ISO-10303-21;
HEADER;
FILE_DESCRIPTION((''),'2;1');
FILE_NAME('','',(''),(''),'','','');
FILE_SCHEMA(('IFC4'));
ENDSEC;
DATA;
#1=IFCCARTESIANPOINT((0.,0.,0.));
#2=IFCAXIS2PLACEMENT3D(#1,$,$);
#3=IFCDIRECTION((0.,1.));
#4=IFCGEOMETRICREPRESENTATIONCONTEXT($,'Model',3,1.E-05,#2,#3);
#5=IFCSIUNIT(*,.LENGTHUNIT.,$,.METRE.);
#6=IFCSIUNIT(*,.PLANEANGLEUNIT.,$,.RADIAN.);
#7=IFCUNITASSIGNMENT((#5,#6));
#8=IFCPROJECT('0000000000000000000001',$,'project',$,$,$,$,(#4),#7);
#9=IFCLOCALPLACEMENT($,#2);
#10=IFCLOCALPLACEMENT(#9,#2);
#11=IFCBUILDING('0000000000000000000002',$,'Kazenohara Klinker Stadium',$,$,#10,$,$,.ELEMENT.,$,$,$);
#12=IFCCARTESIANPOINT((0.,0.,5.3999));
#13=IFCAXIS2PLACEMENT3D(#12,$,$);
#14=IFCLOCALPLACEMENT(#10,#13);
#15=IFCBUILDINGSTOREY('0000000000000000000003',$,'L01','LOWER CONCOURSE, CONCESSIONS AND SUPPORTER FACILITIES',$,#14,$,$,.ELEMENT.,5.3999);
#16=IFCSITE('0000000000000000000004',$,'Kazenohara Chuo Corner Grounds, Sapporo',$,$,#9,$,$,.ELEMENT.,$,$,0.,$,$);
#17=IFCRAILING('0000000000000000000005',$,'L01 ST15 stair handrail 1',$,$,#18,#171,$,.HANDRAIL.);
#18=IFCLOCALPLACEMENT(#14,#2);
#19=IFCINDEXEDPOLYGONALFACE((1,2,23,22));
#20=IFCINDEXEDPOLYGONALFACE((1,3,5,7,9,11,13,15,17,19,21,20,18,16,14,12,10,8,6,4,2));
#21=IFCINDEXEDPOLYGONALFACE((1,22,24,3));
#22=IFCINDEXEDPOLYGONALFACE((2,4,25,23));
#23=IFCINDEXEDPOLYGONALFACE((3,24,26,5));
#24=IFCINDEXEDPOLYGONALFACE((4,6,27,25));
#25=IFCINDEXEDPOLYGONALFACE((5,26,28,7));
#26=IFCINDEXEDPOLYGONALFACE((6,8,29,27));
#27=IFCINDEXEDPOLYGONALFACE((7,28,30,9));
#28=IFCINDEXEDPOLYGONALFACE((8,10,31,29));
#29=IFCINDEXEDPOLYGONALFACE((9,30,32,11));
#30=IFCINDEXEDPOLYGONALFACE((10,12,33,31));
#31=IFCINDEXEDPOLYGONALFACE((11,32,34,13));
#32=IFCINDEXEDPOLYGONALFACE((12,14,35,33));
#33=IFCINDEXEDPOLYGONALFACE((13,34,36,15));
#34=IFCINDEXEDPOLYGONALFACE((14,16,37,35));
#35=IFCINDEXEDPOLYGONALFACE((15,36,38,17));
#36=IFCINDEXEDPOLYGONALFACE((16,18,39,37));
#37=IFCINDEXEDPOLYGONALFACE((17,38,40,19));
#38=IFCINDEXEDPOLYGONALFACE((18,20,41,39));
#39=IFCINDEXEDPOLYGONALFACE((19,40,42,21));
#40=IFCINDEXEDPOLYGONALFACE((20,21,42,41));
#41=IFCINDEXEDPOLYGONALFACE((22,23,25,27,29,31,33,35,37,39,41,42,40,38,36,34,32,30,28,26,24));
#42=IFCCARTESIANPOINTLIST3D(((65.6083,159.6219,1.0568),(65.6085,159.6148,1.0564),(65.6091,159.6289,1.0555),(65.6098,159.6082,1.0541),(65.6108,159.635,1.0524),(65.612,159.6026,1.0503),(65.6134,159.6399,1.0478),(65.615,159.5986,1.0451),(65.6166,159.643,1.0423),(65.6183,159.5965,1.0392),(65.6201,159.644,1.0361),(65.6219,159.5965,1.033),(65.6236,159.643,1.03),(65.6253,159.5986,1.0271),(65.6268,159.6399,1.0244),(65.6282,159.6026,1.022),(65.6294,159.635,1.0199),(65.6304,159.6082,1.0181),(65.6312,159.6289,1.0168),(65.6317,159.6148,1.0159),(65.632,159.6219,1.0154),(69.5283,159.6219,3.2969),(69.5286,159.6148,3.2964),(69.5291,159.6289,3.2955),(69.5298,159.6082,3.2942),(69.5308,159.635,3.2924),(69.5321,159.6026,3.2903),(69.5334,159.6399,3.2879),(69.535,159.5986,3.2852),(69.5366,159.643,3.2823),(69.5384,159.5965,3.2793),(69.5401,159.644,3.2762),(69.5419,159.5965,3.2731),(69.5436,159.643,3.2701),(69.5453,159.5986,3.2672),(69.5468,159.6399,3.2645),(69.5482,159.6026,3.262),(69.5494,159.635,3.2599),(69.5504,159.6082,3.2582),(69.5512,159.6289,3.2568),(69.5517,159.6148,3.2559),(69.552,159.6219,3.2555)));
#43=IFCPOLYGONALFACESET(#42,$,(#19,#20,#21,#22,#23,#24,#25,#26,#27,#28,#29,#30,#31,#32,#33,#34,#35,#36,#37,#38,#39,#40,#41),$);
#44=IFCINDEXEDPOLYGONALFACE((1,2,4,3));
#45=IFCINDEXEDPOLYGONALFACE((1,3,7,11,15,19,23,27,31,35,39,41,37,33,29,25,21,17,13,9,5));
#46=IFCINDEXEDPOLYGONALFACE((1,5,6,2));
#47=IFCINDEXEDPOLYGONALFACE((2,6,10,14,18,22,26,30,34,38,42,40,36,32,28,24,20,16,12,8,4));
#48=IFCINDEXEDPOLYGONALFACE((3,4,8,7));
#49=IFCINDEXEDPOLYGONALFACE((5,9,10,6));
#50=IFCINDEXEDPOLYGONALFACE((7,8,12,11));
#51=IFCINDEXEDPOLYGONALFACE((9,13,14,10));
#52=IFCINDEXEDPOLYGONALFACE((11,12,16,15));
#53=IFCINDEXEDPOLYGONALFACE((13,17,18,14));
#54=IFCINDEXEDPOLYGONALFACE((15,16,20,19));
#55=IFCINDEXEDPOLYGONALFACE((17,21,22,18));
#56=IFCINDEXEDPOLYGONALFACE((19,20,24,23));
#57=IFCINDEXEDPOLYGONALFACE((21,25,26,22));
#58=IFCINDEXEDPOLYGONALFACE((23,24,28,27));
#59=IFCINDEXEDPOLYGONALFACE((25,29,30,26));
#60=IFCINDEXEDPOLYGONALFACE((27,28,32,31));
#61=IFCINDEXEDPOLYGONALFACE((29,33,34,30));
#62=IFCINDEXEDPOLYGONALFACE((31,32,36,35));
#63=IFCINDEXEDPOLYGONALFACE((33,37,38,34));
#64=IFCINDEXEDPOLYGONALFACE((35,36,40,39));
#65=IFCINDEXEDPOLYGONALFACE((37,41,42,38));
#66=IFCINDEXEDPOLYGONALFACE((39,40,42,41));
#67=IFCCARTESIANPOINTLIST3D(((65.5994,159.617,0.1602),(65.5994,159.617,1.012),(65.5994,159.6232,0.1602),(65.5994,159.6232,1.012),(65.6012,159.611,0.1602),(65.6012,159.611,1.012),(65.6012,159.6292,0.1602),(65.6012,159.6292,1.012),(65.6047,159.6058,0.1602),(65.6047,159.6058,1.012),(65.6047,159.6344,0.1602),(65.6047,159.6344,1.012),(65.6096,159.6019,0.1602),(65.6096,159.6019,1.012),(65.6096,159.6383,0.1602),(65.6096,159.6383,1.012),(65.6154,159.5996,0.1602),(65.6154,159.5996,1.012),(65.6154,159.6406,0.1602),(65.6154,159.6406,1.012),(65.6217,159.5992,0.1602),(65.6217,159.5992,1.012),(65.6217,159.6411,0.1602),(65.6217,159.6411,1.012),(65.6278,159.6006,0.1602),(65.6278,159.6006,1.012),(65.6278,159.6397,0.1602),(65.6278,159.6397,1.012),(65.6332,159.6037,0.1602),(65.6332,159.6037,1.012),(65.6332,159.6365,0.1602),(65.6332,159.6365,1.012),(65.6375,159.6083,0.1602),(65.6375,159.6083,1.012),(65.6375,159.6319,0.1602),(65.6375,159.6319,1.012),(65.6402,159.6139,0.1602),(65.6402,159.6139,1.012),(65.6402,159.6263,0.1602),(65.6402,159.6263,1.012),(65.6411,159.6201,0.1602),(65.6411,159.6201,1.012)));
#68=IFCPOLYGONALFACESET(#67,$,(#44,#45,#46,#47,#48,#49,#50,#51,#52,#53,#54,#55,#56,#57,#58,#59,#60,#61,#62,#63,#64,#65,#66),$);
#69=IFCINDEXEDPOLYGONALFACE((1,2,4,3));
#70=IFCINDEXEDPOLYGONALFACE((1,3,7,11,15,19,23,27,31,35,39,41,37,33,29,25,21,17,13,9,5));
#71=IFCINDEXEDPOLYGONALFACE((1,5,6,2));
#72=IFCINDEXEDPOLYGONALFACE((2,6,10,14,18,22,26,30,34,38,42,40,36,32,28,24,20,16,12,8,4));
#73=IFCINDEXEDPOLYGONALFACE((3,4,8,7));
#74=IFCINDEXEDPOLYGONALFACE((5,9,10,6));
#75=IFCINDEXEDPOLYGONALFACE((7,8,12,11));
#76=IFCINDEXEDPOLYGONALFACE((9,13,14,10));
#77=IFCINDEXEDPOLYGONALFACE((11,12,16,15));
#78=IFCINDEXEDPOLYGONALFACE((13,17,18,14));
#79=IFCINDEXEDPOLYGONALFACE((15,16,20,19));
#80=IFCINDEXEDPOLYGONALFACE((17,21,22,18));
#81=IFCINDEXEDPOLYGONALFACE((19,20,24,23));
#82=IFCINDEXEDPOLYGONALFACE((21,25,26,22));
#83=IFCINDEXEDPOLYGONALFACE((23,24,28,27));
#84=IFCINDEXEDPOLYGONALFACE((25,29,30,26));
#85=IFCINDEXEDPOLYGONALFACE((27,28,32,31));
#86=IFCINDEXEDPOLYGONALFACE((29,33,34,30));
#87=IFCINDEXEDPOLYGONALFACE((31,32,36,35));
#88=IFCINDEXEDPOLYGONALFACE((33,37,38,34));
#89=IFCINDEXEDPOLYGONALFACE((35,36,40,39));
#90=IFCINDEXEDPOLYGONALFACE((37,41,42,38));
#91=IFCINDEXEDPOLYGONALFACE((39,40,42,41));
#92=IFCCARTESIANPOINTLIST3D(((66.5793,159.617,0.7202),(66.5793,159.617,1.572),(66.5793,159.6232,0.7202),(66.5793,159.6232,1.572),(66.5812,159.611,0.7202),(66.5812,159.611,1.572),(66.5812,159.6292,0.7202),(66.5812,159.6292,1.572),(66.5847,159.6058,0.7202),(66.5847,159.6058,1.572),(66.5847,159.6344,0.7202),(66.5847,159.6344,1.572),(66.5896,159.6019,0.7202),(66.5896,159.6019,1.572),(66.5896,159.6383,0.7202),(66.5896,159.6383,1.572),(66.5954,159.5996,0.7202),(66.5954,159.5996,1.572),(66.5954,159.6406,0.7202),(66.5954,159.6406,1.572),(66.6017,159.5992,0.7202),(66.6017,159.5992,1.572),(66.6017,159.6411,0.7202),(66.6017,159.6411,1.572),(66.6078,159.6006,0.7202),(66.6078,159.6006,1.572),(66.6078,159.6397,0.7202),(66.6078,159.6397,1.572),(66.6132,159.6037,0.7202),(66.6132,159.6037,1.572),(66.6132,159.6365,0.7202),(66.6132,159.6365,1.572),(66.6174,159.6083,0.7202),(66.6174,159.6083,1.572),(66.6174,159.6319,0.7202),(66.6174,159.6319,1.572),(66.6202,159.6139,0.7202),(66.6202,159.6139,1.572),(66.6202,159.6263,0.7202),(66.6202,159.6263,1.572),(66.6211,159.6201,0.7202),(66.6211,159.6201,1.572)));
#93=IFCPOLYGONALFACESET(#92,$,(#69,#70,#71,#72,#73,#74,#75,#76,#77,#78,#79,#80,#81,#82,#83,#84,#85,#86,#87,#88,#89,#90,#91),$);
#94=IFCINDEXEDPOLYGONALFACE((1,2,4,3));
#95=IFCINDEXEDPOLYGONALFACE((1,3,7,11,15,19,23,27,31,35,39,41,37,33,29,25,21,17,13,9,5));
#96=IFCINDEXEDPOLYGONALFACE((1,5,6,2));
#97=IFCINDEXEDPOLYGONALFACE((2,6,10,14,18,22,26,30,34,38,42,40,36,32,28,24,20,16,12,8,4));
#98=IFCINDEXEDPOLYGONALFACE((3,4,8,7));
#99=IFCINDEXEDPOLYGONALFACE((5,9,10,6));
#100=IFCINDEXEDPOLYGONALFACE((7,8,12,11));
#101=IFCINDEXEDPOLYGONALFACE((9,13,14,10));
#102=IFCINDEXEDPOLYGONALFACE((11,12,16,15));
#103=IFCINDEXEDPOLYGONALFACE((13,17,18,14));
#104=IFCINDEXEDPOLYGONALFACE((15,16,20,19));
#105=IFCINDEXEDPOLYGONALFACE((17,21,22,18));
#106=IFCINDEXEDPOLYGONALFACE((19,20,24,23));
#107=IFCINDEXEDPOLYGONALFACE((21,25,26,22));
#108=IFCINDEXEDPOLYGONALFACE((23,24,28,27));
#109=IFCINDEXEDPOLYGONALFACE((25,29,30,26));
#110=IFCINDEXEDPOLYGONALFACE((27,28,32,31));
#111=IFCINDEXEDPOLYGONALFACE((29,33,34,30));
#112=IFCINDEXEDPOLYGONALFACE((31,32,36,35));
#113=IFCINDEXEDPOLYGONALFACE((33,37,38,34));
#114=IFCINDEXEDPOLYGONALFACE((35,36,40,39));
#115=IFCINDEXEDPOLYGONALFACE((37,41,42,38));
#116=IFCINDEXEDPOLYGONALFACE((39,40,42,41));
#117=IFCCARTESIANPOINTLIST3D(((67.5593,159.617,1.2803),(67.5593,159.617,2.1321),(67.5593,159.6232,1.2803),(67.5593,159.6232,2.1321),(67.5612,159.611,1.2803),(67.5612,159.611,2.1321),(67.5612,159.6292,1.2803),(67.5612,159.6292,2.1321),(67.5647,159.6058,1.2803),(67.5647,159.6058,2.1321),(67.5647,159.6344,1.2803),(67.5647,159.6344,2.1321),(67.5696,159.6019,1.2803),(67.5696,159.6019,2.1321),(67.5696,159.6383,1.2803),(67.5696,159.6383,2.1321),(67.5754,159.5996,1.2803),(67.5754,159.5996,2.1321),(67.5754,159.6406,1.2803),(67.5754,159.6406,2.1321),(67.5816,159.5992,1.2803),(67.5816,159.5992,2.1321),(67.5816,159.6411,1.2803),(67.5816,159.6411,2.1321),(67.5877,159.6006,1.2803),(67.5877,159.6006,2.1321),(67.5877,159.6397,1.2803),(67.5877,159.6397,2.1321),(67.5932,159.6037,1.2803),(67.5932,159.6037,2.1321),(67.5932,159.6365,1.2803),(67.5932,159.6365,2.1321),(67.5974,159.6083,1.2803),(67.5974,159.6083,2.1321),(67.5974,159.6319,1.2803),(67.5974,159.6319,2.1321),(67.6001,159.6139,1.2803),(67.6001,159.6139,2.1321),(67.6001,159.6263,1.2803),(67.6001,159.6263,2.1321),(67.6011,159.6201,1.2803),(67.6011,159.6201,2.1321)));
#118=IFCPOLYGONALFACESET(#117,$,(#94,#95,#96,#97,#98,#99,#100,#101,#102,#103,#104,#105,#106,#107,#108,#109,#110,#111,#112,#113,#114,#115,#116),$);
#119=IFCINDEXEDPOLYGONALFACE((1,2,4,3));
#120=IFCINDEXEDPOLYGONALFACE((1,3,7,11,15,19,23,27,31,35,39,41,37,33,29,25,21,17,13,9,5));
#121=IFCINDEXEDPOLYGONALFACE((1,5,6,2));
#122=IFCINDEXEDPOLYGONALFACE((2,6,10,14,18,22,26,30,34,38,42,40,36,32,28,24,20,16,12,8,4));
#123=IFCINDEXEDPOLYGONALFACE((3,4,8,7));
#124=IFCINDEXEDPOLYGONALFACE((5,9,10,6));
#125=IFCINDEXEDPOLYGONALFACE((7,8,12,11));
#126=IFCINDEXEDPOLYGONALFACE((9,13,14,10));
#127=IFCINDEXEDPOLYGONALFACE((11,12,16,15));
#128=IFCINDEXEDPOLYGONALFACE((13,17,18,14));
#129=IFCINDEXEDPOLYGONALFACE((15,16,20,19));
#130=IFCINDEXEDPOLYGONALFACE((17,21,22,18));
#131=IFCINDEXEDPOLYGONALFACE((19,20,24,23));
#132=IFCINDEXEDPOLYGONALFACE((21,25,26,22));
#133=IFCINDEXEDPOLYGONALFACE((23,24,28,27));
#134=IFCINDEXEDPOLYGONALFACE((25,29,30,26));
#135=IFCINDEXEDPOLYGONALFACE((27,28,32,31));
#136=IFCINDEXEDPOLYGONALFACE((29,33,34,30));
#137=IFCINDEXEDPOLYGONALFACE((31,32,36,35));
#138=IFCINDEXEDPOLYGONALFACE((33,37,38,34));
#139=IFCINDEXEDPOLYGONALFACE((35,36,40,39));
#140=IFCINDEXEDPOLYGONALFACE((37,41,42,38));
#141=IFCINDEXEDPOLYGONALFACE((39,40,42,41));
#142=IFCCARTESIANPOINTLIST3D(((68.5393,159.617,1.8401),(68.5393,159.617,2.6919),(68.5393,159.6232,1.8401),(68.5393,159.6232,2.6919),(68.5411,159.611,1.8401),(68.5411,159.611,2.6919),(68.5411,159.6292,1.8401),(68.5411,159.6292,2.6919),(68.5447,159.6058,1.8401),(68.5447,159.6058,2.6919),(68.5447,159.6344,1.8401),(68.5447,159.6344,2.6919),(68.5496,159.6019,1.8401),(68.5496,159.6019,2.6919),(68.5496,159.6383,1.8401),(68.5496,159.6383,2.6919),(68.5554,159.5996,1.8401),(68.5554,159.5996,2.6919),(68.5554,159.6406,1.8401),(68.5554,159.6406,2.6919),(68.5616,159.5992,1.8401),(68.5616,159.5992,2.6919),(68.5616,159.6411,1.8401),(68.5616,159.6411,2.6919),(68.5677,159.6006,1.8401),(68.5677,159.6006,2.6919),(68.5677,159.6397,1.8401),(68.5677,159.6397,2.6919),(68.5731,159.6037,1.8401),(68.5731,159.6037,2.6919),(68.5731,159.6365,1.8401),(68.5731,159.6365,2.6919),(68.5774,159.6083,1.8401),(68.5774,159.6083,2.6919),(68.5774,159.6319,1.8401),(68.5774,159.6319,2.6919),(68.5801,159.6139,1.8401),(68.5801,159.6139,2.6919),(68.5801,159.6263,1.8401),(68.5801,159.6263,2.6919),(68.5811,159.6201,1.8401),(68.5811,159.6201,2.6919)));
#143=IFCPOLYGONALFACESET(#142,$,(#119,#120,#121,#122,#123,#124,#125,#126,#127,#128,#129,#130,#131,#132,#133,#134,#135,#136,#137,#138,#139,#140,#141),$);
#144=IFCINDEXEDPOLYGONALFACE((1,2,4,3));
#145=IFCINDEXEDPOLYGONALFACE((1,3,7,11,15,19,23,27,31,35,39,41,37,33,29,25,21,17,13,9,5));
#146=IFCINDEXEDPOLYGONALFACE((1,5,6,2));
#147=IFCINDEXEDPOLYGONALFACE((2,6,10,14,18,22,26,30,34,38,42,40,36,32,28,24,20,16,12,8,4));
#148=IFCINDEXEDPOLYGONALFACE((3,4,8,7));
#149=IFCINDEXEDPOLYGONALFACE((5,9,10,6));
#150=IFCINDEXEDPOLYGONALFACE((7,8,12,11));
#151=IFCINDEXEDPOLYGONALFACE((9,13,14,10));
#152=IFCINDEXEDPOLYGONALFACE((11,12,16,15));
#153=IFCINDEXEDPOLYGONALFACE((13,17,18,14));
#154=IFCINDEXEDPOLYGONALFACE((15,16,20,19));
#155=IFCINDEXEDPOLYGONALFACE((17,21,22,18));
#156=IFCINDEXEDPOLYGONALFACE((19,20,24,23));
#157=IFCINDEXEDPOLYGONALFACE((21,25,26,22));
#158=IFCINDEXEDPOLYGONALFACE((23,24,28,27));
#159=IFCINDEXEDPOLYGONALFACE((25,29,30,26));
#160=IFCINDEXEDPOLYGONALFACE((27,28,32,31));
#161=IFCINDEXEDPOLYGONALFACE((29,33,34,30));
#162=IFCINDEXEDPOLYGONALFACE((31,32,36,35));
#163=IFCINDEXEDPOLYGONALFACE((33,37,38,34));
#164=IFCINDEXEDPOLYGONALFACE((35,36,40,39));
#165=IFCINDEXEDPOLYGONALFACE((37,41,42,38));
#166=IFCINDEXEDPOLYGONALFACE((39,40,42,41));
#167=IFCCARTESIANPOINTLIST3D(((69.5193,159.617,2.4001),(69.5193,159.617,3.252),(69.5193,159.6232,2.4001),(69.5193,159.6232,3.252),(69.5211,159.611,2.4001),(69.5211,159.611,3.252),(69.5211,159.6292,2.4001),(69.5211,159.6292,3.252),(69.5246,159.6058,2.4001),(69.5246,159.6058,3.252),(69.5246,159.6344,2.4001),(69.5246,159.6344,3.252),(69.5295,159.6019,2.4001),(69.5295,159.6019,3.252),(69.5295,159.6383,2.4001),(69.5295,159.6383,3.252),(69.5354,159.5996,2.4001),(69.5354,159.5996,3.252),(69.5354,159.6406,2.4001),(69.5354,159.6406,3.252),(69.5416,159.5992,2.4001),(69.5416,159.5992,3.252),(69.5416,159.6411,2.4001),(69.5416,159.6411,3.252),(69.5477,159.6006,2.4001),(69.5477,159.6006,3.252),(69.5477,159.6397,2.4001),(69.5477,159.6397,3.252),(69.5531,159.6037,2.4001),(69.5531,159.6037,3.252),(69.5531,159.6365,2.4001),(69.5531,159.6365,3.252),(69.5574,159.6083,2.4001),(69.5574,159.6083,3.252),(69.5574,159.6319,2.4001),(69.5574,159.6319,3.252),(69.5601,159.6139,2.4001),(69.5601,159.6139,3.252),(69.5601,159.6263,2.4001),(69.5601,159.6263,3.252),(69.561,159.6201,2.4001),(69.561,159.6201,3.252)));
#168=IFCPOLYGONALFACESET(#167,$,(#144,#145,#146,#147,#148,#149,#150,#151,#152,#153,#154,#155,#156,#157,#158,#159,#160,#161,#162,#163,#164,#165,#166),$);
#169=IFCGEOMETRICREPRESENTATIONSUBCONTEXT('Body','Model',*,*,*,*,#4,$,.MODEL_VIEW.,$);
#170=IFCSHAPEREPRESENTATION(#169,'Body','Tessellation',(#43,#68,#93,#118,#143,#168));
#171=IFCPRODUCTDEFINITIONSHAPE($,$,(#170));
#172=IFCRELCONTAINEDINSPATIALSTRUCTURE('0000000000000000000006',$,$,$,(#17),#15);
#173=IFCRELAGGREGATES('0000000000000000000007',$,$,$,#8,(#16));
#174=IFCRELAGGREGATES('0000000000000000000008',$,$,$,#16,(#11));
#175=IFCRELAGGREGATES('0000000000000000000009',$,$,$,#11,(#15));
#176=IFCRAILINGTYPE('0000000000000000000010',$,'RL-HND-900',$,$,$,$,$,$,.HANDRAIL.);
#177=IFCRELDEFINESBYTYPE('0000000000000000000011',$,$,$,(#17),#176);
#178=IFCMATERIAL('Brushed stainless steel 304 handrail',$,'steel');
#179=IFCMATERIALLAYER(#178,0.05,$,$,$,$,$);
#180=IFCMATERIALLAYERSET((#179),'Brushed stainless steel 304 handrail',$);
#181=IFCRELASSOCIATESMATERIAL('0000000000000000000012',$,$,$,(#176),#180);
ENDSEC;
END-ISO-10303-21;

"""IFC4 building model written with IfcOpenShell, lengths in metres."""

from ifc_helpers import new_model, si_unit, direction, frame, origin, origin_2d, place, context, subcontext, project, spatial, circle, extrude, material, layer, layer_set, type_object, element, save


model = new_model("IFC4")

# Units and contexts
model_context = context("Model", 3, precision=1e-05, world=origin(), true_north=direction((0.0, 1.0)))
body_context = subcontext(model_context, "Body", "Model", "MODEL_VIEW")
ifc_project = project(units=[si_unit("LENGTHUNIT", "METRE"), si_unit("PLANEANGLEUNIT", "RADIAN")], contexts=[model_context])

# Site, building, storey
site_placement = place(None, origin())
site = spatial("IfcSite", under=ifc_project, at=site_placement, Name="Kazenohara Chuo Corner Grounds, Sapporo", CompositionType="ELEMENT", RefElevation=0.0)
building_placement = place(site_placement, origin())
building = spatial("IfcBuilding", under=site, at=building_placement, Name="Kazenohara Klinker Stadium", CompositionType="ELEMENT")
storey_placement = place(building_placement, frame((0.0, 0.0, 5.3999)))
storey = spatial("IfcBuildingStorey", under=building, at=storey_placement, Name="L01", Description="LOWER CONCOURSE, CONCESSIONS AND SUPPORTER FACILITIES", CompositionType="ELEMENT", Elevation=5.3999)

# Railing
ifc_material_1 = material(Name="Brushed stainless steel 304 handrail", Category="steel")
ifc_layer_1 = layer(ifc_material_1, 0.05)
ifc_layer_set_1 = layer_set([ifc_layer_1], Name="Brushed stainless steel 304 handrail")
railing_type_1 = type_object("IfcRailingType", Name="RL-HND-900", PredefinedType="HANDRAIL", material=ifc_layer_set_1)
railing_1_placement = place(storey_placement, frame((65.6201, 159.6201, 0.1602)))
element("IfcRailing", 1, at=railing_1_placement, inside=storey, type_object=railing_type_1, Name="L01 ST15 stair handrail 1", PredefinedType="HANDRAIL", context=body_context, shape_type="SweptSolid", body=[
    extrude(circle(Radius=0.0239, at=origin_2d()), frame((0.0, 0.0, 0.876), z_axis=(0.86824, 0.0, 0.496145), x_axis=(0.0, 1.0, 0.0)), (0.0, 0.0, 1.0), 4.5149),
    extrude(circle(Radius=0.021, at=origin_2d()), origin(), (0.0, 0.0, 1.0), 0.8518),
    extrude(circle(Radius=0.021, at=origin_2d()), frame((0.98, 0.0, 0.5601)), (0.0, 0.0, 1.0), 0.8518),
    extrude(circle(Radius=0.021, at=origin_2d()), frame((1.96, 0.0, 1.1201)), (0.0, 0.0, 1.0), 0.8518),
    extrude(circle(Radius=0.021, at=origin_2d()), frame((2.9399, 0.0, 1.6799)), (0.0, 0.0, 1.0), 0.8518),
    extrude(circle(Radius=0.021, at=origin_2d()), frame((3.9199, 0.0, 2.24)), (0.0, 0.0, 1.0), 0.8518),
])

save(model, "model.ifc")
